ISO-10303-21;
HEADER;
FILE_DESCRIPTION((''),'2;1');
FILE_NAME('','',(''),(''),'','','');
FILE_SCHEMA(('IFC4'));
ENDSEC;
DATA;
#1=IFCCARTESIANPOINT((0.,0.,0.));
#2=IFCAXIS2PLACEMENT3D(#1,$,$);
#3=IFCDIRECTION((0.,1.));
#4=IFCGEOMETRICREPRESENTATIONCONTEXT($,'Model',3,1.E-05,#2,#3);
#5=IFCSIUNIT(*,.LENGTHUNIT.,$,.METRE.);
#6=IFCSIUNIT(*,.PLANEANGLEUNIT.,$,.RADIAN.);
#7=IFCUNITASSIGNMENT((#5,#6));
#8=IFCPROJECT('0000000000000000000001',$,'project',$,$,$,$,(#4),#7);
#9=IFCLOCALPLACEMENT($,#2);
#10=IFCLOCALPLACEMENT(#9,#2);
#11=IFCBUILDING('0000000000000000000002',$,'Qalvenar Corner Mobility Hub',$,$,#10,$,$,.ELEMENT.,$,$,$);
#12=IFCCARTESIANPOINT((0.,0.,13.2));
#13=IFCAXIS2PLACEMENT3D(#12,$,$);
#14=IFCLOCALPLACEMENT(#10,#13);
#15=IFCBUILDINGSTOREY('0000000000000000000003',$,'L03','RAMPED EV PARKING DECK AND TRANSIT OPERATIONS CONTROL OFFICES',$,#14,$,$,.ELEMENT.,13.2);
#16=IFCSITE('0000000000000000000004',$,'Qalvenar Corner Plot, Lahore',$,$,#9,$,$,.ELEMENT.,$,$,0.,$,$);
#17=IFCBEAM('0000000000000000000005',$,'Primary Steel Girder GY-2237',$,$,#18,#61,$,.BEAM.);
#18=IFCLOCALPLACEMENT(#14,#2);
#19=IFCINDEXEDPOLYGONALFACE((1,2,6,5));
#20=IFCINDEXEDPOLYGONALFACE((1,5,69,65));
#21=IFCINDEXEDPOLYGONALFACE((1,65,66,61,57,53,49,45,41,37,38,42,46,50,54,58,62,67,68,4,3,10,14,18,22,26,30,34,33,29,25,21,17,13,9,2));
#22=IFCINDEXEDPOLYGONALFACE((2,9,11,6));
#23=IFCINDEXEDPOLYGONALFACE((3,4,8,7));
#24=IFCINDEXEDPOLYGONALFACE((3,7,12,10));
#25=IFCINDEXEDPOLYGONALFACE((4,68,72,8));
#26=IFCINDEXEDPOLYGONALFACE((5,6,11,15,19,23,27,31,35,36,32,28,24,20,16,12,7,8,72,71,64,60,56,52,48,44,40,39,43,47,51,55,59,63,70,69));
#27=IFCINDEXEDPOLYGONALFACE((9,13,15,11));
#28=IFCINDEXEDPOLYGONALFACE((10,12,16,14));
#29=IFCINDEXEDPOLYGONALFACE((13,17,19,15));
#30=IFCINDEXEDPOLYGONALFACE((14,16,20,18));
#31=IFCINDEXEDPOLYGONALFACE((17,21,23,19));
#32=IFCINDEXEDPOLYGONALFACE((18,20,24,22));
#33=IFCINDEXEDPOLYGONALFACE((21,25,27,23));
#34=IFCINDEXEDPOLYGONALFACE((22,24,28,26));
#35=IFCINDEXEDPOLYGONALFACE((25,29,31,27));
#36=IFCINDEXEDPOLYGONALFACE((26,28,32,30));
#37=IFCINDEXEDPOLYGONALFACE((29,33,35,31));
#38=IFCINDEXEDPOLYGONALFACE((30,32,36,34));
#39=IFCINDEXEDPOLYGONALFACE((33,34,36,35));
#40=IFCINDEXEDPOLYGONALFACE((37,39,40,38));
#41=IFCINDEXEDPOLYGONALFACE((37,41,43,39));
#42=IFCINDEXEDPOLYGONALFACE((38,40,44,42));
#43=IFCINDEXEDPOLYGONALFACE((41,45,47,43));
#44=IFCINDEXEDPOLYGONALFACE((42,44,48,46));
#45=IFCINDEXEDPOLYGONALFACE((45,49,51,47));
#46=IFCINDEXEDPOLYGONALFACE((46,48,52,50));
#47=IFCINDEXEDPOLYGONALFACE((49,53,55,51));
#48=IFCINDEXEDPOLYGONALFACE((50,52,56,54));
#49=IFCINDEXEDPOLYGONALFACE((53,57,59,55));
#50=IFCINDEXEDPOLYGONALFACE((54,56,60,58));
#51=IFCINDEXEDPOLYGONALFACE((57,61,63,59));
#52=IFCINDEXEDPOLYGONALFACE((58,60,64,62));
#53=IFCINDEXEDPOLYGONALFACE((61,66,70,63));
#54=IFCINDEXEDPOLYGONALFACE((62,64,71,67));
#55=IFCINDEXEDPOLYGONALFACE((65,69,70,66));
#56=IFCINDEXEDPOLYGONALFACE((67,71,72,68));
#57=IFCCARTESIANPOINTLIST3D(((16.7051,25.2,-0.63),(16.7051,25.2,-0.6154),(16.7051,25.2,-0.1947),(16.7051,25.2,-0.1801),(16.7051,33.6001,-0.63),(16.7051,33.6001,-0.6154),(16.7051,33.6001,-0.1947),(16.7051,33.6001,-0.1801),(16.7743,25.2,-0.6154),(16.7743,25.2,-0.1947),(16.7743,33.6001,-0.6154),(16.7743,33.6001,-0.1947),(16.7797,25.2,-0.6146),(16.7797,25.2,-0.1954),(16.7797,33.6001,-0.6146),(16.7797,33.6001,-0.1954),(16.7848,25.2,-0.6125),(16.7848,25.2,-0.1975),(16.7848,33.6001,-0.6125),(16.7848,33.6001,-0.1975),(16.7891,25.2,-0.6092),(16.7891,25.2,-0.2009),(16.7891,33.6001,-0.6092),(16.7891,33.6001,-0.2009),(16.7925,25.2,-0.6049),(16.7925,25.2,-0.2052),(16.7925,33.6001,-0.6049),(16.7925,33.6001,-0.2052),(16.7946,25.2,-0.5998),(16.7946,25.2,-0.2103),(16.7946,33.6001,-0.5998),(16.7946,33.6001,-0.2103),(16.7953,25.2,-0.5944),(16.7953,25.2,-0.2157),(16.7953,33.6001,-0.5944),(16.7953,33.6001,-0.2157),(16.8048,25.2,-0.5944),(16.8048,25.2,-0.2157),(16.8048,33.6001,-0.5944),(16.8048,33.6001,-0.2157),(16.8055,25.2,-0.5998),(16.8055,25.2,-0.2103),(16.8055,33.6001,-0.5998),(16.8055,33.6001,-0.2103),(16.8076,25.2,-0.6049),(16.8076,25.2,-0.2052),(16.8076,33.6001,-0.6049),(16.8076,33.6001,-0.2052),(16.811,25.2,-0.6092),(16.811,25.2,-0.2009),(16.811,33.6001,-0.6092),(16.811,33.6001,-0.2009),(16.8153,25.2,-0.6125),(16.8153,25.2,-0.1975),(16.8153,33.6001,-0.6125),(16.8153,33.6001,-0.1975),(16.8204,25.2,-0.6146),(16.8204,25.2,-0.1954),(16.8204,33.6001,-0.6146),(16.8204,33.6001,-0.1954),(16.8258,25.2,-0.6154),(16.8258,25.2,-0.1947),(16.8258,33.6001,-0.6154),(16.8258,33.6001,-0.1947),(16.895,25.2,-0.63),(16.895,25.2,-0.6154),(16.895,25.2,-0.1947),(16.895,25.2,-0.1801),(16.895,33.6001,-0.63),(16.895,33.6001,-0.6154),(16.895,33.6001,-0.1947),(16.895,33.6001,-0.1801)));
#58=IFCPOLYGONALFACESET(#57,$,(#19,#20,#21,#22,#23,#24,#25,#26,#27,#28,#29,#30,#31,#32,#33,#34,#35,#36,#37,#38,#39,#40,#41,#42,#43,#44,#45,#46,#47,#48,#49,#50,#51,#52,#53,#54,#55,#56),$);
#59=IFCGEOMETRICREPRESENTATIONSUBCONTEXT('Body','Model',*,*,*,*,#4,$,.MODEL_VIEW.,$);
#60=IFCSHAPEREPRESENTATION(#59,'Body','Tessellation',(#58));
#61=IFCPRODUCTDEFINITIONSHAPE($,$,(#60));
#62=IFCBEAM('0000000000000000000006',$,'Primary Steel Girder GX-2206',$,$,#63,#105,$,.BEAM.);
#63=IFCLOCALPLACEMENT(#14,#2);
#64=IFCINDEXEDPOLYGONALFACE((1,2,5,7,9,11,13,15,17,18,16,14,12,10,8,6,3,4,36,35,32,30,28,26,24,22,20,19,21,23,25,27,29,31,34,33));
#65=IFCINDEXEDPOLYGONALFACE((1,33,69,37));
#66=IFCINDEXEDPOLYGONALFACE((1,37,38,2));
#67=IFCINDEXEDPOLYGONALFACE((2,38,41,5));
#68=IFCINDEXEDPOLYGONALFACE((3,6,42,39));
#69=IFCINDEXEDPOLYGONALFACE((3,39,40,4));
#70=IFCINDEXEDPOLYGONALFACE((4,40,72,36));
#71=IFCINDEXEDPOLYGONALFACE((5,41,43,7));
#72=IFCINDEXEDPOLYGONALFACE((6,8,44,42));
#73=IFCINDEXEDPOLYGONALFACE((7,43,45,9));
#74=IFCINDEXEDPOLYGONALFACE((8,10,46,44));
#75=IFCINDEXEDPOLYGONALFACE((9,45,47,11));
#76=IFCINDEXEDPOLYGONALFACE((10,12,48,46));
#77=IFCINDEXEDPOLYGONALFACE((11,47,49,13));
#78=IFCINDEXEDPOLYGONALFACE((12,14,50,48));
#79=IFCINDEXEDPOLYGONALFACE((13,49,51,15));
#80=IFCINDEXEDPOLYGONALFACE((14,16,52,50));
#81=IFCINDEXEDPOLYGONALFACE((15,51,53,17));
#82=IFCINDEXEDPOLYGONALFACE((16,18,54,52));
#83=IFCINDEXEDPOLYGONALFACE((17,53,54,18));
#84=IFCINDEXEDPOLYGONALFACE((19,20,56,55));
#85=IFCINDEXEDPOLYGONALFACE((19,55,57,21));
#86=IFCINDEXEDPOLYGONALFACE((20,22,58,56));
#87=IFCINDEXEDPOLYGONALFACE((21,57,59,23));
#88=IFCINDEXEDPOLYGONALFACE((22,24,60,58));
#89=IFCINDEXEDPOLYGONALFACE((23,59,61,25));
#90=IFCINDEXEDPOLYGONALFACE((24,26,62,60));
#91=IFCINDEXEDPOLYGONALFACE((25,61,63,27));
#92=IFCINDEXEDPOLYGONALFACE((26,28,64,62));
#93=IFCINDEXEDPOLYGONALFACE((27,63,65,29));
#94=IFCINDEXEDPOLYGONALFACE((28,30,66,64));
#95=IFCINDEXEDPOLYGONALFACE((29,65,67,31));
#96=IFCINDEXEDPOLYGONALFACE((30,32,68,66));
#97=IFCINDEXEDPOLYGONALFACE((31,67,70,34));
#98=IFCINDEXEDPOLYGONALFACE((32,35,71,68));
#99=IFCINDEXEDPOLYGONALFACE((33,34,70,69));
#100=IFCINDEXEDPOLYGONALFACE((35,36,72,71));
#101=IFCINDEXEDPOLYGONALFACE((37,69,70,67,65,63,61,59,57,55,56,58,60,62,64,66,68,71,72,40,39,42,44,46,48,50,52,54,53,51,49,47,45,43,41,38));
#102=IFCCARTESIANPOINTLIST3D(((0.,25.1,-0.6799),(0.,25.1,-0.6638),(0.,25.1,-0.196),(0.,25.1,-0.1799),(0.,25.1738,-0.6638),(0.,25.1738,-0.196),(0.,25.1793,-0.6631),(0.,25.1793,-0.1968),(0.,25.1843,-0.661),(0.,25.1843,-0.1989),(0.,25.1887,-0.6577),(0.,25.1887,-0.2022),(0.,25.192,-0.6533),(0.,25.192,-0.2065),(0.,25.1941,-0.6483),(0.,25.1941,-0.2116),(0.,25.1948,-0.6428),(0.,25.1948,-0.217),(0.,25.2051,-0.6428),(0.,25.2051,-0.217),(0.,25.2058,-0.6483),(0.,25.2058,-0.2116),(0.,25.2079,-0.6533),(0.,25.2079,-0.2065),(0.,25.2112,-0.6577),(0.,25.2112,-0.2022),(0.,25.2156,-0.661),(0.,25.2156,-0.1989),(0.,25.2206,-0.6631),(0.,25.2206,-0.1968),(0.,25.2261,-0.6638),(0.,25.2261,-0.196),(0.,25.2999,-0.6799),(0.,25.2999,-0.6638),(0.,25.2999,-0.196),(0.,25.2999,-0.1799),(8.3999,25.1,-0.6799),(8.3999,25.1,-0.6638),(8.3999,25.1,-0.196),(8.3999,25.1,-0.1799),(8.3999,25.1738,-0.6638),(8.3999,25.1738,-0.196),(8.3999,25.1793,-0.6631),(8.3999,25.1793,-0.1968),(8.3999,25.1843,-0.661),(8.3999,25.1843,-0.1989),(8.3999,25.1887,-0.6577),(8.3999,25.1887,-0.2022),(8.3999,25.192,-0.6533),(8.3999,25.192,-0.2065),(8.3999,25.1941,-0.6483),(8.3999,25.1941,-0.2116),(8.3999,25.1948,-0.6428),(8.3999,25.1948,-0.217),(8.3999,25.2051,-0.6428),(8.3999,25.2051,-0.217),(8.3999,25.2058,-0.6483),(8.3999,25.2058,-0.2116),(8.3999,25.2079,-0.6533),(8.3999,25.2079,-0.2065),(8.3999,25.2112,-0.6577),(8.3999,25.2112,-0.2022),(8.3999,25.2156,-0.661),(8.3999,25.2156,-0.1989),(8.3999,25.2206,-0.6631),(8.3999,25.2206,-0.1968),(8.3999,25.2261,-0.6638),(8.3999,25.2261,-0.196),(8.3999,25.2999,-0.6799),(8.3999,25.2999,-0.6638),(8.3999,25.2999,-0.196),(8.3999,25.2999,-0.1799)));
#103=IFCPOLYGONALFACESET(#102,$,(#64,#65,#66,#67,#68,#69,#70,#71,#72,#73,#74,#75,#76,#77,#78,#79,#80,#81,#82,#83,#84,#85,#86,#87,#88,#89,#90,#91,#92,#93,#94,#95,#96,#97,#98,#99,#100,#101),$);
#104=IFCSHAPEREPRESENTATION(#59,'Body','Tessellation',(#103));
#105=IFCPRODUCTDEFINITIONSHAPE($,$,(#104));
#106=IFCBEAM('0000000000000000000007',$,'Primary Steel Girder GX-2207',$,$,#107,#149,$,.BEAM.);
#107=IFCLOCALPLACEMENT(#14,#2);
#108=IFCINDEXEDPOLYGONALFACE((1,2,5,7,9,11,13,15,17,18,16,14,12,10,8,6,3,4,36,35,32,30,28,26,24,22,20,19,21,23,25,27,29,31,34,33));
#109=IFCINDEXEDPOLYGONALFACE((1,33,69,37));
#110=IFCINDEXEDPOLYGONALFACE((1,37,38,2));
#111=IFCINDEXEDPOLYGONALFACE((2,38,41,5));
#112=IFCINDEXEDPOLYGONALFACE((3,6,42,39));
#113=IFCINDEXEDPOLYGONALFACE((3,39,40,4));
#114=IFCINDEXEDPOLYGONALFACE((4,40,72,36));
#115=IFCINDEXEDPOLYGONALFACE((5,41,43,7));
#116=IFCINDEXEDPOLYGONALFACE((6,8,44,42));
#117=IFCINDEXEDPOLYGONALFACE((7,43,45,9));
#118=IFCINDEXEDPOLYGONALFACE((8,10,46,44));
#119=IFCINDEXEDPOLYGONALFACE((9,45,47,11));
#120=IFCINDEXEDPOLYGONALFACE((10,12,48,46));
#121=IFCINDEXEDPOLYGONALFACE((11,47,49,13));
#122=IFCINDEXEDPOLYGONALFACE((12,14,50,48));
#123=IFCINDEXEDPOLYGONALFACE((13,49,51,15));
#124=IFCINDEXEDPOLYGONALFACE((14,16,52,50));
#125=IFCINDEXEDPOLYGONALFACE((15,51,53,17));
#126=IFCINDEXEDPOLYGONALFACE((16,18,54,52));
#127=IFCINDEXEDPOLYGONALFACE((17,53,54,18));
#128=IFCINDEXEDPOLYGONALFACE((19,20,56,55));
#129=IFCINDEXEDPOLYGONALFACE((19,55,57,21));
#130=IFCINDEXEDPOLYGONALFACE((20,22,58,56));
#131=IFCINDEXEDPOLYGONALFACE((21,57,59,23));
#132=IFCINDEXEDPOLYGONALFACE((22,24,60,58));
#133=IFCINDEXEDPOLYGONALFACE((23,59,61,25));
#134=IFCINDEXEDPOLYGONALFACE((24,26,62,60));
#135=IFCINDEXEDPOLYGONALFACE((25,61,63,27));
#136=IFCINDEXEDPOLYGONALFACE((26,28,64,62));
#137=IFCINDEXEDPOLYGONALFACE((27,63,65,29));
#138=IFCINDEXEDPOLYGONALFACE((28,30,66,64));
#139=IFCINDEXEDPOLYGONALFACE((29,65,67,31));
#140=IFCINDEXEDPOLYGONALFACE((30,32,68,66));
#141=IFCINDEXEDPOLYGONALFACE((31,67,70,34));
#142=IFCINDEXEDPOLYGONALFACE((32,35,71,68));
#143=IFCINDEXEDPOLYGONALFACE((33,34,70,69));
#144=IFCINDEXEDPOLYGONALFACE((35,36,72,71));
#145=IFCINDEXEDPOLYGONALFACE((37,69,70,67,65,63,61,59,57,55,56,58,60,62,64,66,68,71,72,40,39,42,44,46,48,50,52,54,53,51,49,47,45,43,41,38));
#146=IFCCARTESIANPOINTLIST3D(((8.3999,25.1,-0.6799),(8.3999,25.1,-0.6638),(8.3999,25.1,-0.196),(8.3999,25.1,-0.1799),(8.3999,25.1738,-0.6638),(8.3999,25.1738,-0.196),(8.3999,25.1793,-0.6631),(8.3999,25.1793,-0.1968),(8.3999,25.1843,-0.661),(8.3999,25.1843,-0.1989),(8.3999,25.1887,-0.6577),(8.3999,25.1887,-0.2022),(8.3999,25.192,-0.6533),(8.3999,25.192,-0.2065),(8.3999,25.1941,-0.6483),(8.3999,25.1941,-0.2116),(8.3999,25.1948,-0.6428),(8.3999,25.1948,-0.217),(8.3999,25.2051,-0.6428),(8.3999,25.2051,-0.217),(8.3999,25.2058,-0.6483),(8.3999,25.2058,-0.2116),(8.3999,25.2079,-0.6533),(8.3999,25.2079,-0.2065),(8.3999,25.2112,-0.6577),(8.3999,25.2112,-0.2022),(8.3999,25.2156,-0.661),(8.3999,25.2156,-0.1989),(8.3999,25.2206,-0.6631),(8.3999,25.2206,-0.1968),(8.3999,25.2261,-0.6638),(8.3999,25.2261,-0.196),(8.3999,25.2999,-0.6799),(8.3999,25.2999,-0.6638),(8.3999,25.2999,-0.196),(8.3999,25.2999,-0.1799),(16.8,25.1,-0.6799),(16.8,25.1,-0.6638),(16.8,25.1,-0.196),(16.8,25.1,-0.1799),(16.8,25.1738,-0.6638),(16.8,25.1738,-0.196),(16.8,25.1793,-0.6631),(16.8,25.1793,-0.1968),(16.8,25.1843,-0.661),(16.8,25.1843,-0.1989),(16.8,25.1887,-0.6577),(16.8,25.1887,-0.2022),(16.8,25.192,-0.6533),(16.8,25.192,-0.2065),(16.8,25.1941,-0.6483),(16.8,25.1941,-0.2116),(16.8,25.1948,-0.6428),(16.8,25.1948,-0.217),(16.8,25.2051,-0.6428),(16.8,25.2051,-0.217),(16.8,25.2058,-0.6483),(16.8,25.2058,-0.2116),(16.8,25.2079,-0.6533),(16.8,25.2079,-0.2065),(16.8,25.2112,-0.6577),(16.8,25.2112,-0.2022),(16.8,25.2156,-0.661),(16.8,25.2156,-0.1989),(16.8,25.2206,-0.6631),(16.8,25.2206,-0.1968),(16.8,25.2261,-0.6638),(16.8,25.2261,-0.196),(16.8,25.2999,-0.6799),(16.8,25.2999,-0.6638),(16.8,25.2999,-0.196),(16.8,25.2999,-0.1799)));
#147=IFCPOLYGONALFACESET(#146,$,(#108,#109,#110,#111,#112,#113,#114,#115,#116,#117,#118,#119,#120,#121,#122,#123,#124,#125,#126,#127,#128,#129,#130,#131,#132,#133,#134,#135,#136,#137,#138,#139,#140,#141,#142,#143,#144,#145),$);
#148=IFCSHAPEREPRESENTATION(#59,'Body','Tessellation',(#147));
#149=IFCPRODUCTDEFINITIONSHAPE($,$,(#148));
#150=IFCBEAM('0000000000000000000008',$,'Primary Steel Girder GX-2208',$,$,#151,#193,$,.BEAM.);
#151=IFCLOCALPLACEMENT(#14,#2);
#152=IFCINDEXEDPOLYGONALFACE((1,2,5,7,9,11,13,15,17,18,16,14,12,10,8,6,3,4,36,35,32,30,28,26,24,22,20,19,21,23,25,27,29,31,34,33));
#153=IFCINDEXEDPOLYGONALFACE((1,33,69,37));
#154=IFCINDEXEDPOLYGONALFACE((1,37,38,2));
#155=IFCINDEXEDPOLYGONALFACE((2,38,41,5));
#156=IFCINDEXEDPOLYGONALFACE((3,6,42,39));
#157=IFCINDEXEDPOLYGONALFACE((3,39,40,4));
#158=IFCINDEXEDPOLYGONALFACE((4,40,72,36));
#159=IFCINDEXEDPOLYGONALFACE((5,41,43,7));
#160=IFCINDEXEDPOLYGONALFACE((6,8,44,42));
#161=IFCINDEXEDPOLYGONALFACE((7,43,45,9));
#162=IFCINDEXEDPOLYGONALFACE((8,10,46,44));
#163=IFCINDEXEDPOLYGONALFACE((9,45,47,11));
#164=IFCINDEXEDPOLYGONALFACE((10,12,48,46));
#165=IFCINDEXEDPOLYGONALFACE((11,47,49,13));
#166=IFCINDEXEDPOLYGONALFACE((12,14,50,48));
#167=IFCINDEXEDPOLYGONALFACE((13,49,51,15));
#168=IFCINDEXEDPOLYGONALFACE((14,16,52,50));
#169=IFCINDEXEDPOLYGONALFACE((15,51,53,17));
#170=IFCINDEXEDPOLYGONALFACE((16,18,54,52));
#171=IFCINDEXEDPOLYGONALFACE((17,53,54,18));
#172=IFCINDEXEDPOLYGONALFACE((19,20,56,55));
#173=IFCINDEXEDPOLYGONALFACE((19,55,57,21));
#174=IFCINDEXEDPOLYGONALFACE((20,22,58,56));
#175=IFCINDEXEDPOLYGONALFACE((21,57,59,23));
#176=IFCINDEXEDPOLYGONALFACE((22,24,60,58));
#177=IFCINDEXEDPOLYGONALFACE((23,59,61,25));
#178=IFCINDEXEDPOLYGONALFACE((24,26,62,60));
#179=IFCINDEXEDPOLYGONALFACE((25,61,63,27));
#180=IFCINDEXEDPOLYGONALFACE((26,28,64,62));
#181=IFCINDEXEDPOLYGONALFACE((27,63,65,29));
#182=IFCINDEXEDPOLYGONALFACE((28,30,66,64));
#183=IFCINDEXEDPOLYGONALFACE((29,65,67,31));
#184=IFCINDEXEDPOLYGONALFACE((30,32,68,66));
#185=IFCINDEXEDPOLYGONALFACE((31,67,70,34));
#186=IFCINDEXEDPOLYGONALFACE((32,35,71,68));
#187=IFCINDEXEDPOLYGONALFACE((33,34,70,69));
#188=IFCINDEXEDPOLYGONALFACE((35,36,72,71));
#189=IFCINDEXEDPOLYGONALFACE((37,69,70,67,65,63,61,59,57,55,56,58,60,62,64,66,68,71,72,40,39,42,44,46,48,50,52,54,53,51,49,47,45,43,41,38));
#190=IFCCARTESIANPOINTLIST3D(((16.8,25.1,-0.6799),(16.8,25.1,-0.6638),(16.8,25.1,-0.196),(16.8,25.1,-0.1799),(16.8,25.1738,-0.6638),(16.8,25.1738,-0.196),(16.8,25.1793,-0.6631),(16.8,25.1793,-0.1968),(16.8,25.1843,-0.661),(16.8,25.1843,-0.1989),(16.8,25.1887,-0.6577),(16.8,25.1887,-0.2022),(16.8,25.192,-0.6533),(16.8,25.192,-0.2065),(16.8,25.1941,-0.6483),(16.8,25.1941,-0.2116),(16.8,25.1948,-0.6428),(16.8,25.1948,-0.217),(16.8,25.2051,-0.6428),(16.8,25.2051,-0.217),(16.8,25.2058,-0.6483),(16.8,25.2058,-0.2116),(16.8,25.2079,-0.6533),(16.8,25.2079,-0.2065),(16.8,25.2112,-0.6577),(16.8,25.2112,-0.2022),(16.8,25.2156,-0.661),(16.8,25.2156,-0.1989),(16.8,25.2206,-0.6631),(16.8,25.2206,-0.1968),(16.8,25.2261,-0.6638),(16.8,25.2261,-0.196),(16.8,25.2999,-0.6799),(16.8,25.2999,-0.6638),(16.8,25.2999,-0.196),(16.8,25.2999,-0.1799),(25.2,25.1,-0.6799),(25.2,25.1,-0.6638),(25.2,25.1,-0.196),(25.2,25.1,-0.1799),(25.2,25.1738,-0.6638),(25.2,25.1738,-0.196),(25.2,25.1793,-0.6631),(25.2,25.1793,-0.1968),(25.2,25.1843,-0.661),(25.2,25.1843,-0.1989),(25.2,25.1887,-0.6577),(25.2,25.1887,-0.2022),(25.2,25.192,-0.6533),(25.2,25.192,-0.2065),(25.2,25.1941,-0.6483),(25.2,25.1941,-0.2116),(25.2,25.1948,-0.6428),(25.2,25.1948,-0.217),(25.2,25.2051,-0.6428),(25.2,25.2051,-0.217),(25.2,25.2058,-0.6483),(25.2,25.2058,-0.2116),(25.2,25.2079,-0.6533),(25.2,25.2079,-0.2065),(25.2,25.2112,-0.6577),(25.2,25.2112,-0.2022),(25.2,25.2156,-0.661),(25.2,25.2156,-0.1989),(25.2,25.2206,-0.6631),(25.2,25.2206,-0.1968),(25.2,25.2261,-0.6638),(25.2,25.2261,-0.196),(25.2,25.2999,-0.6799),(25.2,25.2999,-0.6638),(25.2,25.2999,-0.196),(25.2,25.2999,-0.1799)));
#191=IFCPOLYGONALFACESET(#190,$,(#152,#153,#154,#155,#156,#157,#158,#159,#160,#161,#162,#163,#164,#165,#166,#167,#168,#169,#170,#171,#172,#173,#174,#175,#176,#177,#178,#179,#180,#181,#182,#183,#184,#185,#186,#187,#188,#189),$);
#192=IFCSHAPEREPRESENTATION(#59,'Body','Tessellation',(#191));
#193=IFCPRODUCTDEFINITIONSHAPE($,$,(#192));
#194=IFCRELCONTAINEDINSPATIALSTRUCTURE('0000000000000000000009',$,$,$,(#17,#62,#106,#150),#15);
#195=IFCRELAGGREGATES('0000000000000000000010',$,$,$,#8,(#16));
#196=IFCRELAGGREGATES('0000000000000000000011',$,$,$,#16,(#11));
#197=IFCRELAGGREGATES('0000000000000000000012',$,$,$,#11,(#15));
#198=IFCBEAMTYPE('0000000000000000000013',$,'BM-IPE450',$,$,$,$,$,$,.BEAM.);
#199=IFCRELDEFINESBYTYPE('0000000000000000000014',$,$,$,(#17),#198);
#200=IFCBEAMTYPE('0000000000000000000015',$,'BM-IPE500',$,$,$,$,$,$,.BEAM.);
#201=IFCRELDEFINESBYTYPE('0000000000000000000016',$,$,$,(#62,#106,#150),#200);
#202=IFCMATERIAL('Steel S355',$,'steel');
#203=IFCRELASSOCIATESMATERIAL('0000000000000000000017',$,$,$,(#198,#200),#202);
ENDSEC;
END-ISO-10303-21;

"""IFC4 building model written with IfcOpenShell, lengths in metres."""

from ifc_helpers import new_model, si_unit, direction, frame, origin, origin_2d, place, context, subcontext, project, spatial, i_section, extrude, material, material_profile, profile_set, type_object, element, save


model = new_model("IFC4")

# Units and contexts
model_context = context("Model", 3, precision=1e-05, world=origin(), true_north=direction((0.0, 1.0)))
body_context = subcontext(model_context, "Body", "Model", "MODEL_VIEW")
ifc_project = project(units=[si_unit("LENGTHUNIT", "METRE"), si_unit("PLANEANGLEUNIT", "RADIAN")], contexts=[model_context])

# Site, building, storey
site_placement = place(None, origin())
site = spatial("IfcSite", under=ifc_project, at=site_placement, Name="Qalvenar Corner Plot, Lahore", CompositionType="ELEMENT", RefElevation=0.0)
building_placement = place(site_placement, origin())
building = spatial("IfcBuilding", under=site, at=building_placement, Name="Qalvenar Corner Mobility Hub", CompositionType="ELEMENT")
storey_placement = place(building_placement, frame((0.0, 0.0, 13.2)))
storey = spatial("IfcBuildingStorey", under=building, at=storey_placement, Name="L03", Description="RAMPED EV PARKING DECK AND TRANSIT OPERATIONS CONTROL OFFICES", CompositionType="ELEMENT", Elevation=13.2)

# Shared definitions
ifc_material_1 = material(Name="Steel S355", Category="steel")

# Beams
ifc_material_profile_1 = material_profile(ifc_material_1, i_section(OverallWidth=0.1899, OverallDepth=0.45, WebThickness=0.0095, FlangeThickness=0.0146, FilletRadius=0.021, at=origin_2d()), Name="IPE450")
ifc_profile_set_1 = profile_set([ifc_material_profile_1], Name="Steel S355")
beam_type_1 = type_object("IfcBeamType", Name="BM-IPE450", PredefinedType="BEAM", material=ifc_profile_set_1)
for number, where, z_axis, x_axis, name in (
    (1, (16.8, 25.2, -0.405), (0.0, 1.0, 0.0), (-1.0, 0.0, 0.0), "Primary Steel Girder GY-2237"),
):
    element("IfcBeam", number, at=place(storey_placement, frame(where, z_axis=z_axis, x_axis=x_axis)), inside=storey, type_object=beam_type_1, Name=name, PredefinedType="BEAM", context=body_context, shape_type="SweptSolid", body=[
        extrude(i_section(OverallWidth=0.1899, OverallDepth=0.45, WebThickness=0.0095, FlangeThickness=0.0146, FilletRadius=0.021, at=origin_2d()), origin(), (0.0, 0.0, 1.0), 8.4001),
    ])
ifc_material_profile_2 = material_profile(ifc_material_1, i_section(OverallWidth=0.2, OverallDepth=0.5, WebThickness=0.0103, FlangeThickness=0.0161, FilletRadius=0.021, at=origin_2d()), Name="IPE500")
ifc_profile_set_2 = profile_set([ifc_material_profile_2], Name="Steel S355")
beam_type_2 = type_object("IfcBeamType", Name="BM-IPE500", PredefinedType="BEAM", material=ifc_profile_set_2)
beam_1_placement = place(storey_placement, frame((0.0, 25.2, -0.4299), z_axis=(1.0, 0.0, 0.0), x_axis=(0.0, 1.0, 0.0)))
element("IfcBeam", 2, at=beam_1_placement, inside=storey, type_object=beam_type_2, Name="Primary Steel Girder GX-2206", PredefinedType="BEAM", context=body_context, shape_type="SweptSolid", body=[
    extrude(i_section(OverallWidth=0.2, OverallDepth=0.5, WebThickness=0.0103, FlangeThickness=0.0161, FilletRadius=0.021, at=origin_2d()), origin(), (0.0, 0.0, 1.0), 8.3999),
])
beam_2_placement = place(storey_placement, frame((8.3999, 25.2, -0.4299), z_axis=(1.0, 0.0, 0.0), x_axis=(0.0, 1.0, 0.0)))
element("IfcBeam", 3, at=beam_2_placement, inside=storey, type_object=beam_type_2, Name="Primary Steel Girder GX-2207", PredefinedType="BEAM", context=body_context, shape_type="SweptSolid", body=[
    extrude(i_section(OverallWidth=0.2, OverallDepth=0.5, WebThickness=0.0103, FlangeThickness=0.0161, FilletRadius=0.021, at=origin_2d()), origin(), (0.0, 0.0, 1.0), 8.4001),
])
beam_3_placement = place(storey_placement, frame((16.8, 25.2, -0.4299), z_axis=(1.0, 0.0, 0.0), x_axis=(0.0, 1.0, 0.0)))
element("IfcBeam", 4, at=beam_3_placement, inside=storey, type_object=beam_type_2, Name="Primary Steel Girder GX-2208", PredefinedType="BEAM", context=body_context, shape_type="SweptSolid", body=[
    extrude(i_section(OverallWidth=0.2, OverallDepth=0.5, WebThickness=0.0103, FlangeThickness=0.0161, FilletRadius=0.021, at=origin_2d()), origin(), (0.0, 0.0, 1.0), 8.3999),
])

save(model, "model.ifc")
